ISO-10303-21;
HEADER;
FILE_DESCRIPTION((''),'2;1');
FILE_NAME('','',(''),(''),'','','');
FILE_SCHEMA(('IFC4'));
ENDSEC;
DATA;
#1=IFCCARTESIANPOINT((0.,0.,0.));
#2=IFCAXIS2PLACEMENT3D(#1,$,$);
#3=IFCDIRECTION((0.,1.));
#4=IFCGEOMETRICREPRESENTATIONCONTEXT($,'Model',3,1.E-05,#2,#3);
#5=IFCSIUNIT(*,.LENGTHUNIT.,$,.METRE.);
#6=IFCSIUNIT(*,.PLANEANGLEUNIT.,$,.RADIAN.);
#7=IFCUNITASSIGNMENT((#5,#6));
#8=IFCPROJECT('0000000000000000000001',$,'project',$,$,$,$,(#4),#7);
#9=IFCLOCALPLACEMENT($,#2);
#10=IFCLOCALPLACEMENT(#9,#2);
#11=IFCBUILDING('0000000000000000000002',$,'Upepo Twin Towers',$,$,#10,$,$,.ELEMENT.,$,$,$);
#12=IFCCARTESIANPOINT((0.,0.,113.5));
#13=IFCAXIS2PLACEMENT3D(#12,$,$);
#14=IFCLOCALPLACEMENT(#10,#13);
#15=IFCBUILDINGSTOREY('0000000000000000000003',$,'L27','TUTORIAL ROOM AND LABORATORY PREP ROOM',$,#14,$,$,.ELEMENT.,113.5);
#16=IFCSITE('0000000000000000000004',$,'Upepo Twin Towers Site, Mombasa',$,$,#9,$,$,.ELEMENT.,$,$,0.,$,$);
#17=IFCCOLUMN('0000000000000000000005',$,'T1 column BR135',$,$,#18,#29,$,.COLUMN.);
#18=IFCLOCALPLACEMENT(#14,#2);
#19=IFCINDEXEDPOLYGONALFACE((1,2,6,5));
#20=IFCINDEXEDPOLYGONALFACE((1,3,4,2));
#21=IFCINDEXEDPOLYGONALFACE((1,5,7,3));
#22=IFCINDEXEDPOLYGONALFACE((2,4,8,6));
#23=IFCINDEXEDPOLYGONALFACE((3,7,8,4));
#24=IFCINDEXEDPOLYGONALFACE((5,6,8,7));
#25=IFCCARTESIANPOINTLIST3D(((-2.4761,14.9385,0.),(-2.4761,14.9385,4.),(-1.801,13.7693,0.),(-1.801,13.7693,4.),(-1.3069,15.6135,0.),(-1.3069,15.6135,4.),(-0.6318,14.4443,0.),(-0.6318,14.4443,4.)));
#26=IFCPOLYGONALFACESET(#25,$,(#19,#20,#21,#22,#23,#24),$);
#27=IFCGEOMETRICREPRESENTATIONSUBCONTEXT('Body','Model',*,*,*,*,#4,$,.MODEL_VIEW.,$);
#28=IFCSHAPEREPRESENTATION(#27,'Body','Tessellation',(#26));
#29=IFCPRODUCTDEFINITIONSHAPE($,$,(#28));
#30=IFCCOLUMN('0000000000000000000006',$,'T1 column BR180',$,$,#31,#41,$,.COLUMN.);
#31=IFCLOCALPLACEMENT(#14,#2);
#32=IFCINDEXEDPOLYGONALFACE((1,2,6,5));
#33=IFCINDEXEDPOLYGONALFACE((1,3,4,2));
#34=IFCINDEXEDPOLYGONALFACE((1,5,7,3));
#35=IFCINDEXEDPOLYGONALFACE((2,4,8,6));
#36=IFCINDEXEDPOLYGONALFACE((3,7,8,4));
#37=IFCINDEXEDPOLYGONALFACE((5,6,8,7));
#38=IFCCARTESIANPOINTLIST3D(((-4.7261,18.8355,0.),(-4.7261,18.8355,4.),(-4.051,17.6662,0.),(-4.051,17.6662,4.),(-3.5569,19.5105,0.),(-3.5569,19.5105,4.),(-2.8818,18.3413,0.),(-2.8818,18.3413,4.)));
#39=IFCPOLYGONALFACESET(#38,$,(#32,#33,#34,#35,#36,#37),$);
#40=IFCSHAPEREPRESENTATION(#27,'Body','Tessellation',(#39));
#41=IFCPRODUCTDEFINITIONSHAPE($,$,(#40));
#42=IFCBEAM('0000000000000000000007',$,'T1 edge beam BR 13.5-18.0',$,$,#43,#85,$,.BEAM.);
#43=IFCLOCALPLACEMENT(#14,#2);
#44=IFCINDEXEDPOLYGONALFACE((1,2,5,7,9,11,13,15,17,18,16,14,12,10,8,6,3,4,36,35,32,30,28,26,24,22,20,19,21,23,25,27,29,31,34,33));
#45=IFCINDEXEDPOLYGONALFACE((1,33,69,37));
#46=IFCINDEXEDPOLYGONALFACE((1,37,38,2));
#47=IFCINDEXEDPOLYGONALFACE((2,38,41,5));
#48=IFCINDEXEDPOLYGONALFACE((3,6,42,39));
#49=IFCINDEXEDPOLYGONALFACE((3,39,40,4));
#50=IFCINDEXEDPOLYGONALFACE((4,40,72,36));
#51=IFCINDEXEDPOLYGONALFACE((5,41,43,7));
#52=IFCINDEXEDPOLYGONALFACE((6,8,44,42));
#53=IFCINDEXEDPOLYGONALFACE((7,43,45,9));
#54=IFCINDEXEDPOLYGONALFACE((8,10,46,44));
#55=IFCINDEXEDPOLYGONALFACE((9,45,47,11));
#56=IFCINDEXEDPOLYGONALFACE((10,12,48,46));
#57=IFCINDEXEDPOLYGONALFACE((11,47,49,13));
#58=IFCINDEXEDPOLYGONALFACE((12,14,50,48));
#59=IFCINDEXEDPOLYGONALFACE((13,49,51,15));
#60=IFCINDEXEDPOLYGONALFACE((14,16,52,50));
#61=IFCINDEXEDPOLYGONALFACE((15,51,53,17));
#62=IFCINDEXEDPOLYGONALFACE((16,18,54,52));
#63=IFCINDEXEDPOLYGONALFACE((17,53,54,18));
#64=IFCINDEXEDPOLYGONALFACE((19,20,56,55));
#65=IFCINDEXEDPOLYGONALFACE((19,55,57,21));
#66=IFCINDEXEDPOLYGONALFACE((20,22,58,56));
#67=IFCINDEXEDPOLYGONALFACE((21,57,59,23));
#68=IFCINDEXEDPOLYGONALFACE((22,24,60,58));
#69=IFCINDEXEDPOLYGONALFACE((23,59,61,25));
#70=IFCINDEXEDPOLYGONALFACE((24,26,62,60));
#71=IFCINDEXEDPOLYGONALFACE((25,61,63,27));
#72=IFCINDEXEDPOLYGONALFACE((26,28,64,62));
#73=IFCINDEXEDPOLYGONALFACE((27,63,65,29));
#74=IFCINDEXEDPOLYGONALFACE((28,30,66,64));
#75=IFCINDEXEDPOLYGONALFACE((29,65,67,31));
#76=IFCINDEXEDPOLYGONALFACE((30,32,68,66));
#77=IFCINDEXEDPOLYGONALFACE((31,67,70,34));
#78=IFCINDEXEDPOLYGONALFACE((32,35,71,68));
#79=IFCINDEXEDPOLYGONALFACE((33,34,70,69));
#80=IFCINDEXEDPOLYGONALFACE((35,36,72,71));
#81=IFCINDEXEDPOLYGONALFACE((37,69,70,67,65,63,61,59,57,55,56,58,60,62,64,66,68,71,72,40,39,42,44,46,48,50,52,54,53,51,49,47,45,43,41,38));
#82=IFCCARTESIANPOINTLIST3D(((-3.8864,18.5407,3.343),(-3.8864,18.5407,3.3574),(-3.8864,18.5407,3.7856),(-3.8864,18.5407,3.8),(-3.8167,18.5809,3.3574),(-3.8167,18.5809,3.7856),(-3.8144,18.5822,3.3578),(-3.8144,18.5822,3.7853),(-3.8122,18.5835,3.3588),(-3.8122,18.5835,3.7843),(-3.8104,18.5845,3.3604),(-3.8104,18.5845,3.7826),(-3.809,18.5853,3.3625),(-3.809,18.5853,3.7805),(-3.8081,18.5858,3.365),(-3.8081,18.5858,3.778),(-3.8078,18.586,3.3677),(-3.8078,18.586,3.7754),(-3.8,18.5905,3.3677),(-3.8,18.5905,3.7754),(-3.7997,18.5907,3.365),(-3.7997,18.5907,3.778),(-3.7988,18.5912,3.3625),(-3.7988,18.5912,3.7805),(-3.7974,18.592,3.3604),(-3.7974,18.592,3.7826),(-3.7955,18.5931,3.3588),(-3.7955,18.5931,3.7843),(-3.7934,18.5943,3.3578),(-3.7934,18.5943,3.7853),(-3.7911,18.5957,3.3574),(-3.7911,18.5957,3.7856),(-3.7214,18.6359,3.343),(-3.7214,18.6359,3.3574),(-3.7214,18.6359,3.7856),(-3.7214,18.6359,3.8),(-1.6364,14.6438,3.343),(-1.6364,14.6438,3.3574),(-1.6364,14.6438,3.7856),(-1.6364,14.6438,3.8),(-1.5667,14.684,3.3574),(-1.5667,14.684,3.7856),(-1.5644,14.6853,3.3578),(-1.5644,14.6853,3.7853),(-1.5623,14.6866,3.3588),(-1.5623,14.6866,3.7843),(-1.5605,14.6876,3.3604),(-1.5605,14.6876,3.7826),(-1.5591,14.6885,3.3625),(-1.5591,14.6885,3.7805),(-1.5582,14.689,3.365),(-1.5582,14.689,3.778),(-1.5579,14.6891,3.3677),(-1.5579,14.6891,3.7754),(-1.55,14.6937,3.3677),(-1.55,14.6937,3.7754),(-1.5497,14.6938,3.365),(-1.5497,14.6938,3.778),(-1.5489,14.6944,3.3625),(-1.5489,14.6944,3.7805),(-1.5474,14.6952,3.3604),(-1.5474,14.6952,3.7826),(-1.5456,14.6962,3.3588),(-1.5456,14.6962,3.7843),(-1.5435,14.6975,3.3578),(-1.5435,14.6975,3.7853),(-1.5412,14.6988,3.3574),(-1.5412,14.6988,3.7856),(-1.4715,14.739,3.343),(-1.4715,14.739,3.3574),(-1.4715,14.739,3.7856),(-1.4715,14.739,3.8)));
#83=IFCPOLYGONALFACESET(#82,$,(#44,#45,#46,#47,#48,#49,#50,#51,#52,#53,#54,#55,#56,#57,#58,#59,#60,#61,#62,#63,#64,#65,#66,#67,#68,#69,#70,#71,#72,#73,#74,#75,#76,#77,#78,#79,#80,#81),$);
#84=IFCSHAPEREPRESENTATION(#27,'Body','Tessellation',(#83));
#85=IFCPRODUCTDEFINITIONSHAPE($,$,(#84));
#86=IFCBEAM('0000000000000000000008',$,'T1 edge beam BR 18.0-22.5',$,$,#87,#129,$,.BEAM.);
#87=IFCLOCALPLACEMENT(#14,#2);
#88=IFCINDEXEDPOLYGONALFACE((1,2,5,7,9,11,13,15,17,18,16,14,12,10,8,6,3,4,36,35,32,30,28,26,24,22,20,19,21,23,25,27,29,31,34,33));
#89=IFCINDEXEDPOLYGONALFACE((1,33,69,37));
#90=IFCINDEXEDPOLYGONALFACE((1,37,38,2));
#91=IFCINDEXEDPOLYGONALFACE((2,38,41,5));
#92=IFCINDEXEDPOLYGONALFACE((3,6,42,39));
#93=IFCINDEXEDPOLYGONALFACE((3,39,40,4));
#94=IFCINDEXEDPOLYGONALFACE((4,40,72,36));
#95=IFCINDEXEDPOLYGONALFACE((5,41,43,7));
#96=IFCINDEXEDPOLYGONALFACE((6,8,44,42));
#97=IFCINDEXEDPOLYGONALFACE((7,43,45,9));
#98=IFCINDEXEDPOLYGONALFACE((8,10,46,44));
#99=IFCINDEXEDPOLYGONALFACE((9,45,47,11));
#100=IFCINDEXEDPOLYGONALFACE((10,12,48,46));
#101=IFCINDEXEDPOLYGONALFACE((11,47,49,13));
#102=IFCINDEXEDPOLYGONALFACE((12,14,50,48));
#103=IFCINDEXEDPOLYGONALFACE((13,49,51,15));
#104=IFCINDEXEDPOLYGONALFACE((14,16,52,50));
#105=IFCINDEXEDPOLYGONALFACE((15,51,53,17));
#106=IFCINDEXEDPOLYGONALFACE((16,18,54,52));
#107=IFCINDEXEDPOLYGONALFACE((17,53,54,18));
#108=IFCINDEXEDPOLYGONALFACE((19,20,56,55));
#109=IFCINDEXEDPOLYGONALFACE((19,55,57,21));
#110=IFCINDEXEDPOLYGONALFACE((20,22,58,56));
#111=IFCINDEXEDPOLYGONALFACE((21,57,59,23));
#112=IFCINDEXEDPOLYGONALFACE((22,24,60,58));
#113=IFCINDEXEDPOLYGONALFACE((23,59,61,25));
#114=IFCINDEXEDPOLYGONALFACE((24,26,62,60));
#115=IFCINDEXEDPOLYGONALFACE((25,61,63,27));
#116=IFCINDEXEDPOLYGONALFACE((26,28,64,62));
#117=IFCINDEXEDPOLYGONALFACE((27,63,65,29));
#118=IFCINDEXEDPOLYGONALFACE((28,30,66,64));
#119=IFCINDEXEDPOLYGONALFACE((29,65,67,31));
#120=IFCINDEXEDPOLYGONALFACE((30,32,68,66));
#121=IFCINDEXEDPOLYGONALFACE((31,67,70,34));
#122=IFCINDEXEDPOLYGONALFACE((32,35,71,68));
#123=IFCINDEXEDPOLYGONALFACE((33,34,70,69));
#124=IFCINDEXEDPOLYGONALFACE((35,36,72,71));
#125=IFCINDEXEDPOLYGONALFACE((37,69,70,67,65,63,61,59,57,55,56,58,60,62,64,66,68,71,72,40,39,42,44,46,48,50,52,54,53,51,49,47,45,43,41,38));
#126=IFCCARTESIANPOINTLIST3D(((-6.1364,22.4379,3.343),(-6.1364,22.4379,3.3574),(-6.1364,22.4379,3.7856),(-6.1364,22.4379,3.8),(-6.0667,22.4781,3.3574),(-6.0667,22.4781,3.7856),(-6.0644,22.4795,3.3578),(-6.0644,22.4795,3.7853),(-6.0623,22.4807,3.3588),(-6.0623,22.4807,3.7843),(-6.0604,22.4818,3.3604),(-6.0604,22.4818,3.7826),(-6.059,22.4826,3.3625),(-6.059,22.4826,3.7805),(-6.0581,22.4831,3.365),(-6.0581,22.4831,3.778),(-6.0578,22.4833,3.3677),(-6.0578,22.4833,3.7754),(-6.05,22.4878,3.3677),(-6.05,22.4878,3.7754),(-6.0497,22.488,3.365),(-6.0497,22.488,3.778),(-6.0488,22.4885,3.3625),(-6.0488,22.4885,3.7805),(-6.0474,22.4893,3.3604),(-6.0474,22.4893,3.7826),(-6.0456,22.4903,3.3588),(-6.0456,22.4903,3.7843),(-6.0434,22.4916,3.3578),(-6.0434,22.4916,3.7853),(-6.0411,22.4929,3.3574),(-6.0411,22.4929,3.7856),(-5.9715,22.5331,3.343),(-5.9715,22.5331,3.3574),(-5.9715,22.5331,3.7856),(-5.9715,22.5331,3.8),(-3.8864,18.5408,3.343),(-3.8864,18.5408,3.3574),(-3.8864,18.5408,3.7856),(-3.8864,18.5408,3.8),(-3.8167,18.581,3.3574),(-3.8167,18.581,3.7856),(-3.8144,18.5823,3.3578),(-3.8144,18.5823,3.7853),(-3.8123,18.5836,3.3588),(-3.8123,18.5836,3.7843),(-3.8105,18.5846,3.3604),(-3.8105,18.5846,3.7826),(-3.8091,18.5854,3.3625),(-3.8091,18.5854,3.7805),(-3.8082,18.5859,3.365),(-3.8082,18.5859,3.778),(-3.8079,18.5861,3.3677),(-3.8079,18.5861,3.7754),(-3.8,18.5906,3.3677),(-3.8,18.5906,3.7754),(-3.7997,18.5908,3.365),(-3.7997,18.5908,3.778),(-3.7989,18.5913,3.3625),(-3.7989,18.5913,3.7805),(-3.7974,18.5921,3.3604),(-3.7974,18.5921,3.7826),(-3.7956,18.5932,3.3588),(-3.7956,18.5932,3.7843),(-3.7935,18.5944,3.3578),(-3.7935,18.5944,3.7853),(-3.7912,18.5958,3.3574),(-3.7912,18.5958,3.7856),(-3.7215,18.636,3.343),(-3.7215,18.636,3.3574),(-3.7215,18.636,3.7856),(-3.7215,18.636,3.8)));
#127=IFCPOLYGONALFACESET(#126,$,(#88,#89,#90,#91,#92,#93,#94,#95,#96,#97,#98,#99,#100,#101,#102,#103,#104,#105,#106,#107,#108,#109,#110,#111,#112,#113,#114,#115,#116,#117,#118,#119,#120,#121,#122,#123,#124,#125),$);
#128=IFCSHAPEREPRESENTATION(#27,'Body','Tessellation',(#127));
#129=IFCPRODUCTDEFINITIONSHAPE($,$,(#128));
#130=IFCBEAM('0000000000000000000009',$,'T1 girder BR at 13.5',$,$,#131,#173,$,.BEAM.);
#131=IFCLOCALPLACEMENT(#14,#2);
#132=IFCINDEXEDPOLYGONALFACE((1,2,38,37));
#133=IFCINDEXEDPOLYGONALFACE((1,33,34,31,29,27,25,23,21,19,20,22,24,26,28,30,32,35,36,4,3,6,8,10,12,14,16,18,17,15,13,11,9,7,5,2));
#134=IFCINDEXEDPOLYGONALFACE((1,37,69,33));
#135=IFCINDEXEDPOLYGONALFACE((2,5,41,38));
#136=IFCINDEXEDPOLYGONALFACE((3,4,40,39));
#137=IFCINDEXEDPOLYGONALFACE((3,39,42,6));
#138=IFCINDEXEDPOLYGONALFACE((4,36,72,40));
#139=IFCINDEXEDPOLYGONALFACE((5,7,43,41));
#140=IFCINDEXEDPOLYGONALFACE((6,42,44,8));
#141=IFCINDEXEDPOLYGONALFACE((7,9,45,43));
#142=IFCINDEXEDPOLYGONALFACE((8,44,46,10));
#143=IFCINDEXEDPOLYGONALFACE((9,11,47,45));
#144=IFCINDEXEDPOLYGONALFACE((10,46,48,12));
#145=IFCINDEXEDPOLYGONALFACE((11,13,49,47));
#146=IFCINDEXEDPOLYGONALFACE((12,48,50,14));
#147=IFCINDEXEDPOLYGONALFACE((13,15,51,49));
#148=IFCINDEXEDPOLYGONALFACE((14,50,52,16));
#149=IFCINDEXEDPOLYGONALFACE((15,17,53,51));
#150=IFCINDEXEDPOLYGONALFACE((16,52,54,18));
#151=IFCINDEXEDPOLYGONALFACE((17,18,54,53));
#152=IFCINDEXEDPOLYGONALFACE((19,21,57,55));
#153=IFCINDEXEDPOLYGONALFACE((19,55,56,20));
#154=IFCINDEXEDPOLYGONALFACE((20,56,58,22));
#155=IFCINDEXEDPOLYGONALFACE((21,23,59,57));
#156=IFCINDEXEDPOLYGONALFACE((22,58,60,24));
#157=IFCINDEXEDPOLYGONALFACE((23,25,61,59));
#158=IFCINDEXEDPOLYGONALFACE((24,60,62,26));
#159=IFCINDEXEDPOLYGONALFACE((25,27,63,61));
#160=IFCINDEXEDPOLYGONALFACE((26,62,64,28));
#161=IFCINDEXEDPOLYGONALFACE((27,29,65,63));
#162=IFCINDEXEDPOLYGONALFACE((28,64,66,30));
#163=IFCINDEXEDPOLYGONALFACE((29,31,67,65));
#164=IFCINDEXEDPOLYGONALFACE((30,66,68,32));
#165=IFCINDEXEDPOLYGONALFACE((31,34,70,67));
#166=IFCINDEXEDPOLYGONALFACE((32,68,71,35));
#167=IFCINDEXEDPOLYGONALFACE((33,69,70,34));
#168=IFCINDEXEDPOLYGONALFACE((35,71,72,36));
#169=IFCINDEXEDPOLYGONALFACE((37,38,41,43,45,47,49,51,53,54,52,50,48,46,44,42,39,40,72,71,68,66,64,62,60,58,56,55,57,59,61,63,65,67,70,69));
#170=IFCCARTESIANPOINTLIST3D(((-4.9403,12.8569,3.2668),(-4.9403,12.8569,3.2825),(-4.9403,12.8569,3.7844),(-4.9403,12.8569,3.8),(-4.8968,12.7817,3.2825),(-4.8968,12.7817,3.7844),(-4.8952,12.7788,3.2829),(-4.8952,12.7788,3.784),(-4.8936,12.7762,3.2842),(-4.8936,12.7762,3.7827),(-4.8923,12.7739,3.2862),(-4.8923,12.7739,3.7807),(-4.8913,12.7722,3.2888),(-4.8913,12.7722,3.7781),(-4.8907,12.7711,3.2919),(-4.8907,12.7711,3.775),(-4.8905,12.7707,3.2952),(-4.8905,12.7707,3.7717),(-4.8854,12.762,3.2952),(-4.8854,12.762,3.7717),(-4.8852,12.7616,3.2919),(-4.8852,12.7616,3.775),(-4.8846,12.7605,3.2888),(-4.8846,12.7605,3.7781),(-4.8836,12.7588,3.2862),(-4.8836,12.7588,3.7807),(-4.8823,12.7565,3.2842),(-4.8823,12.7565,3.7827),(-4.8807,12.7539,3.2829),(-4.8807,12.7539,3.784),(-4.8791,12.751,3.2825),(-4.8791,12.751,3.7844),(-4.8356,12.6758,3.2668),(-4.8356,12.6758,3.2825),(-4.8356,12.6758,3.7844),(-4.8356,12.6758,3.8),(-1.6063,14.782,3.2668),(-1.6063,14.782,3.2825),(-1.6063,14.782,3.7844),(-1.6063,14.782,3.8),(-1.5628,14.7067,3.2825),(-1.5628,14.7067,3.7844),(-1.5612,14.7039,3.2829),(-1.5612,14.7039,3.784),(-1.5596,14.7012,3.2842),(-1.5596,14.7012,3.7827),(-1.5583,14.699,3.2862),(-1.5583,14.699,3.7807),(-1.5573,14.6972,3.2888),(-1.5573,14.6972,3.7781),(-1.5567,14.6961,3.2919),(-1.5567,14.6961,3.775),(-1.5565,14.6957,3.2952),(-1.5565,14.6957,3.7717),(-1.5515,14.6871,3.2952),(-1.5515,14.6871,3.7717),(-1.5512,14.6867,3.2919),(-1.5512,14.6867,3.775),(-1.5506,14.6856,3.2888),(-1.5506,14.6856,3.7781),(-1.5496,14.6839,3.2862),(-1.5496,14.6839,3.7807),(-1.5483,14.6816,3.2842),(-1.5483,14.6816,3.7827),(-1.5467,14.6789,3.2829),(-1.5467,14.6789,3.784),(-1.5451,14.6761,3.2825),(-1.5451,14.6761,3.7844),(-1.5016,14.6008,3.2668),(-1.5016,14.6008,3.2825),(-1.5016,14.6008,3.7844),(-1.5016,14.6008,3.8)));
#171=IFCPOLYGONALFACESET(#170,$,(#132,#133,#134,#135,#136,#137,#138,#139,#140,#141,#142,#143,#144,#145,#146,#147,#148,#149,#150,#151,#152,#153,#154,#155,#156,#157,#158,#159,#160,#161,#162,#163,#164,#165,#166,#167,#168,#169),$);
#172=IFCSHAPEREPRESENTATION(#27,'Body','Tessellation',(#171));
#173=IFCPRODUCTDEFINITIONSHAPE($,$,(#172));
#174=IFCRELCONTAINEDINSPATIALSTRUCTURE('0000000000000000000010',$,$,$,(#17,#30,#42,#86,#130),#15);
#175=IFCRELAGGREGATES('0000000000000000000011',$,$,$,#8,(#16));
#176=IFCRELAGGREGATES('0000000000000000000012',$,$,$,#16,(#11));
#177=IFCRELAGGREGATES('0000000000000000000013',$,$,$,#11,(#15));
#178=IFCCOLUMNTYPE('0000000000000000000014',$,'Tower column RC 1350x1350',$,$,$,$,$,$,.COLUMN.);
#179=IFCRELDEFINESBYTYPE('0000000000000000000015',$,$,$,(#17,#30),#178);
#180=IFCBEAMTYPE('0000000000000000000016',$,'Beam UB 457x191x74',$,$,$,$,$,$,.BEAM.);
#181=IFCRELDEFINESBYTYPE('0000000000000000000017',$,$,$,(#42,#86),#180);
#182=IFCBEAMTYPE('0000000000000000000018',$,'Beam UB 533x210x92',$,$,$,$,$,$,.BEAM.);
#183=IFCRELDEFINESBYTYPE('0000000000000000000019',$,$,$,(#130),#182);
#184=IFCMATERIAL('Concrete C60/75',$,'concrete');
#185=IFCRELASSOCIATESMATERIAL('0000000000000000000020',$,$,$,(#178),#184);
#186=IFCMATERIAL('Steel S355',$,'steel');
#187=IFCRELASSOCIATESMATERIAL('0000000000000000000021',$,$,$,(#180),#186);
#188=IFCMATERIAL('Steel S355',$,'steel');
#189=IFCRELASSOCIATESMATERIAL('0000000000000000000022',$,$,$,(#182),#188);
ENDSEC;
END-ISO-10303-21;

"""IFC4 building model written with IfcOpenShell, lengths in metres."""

from ifc_helpers import new_model, si_unit, direction, frame, origin, origin_2d, place, context, subcontext, project, spatial, rectangle, i_section, extrude, material, material_profile, profile_set, type_object, element, save


model = new_model("IFC4")

# Units and contexts
model_context = context("Model", 3, precision=1e-05, world=origin(), true_north=direction((0.0, 1.0)))
body_context = subcontext(model_context, "Body", "Model", "MODEL_VIEW")
ifc_project = project(units=[si_unit("LENGTHUNIT", "METRE"), si_unit("PLANEANGLEUNIT", "RADIAN")], contexts=[model_context])

# Site, building, storey
site_placement = place(None, origin())
site = spatial("IfcSite", under=ifc_project, at=site_placement, Name="Upepo Twin Towers Site, Mombasa", CompositionType="ELEMENT", RefElevation=0.0)
building_placement = place(site_placement, origin())
building = spatial("IfcBuilding", under=site, at=building_placement, Name="Upepo Twin Towers", CompositionType="ELEMENT")
storey_placement = place(building_placement, frame((0.0, 0.0, 113.5)))
storey = spatial("IfcBuildingStorey", under=building, at=storey_placement, Name="L27", Description="TUTORIAL ROOM AND LABORATORY PREP ROOM", CompositionType="ELEMENT", Elevation=113.5)

# Columns
ifc_material_1 = material(Name="Concrete C60/75", Category="concrete")
ifc_material_profile_1 = material_profile(ifc_material_1, rectangle(XDim=1.3501, YDim=1.3501, at=origin_2d()), Name="RC 1350x1350")
ifc_profile_set_1 = profile_set([ifc_material_profile_1], Name="Concrete C60/75")
column_type = type_object("IfcColumnType", Name="Tower column RC 1350x1350", PredefinedType="COLUMN", material=ifc_profile_set_1)
for number, where, z_axis, x_axis, name in (
    (1, (-1.554, 14.6914, 0.0), (0.0, 0.0, 1.0), (0.866025, 0.5, 0.0), "T1 column BR135"),
    (2, (-3.804, 18.5884, 0.0), (0.0, 0.0, 1.0), (0.866025, 0.5, 0.0), "T1 column BR180"),
):
    element("IfcColumn", number, at=place(storey_placement, frame(where, z_axis=z_axis, x_axis=x_axis)), inside=storey, type_object=column_type, Name=name, PredefinedType="COLUMN", context=body_context, shape_type="SweptSolid", body=[
        extrude(rectangle(XDim=1.3501, YDim=1.3501, at=origin_2d()), origin(), (0.0, 0.0, 1.0), 4.0),
    ])

# Beams
ifc_material_2 = material(Name="Steel S355", Category="steel")
ifc_material_profile_2 = material_profile(ifc_material_2, i_section(OverallWidth=0.1904, OverallDepth=0.457, WebThickness=0.009, FlangeThickness=0.0144, FilletRadius=0.0103, at=origin_2d()), Name="UB 457x191x74")
ifc_profile_set_2 = profile_set([ifc_material_profile_2], Name="Steel S355")
beam_type_1 = type_object("IfcBeamType", Name="Beam UB 457x191x74", PredefinedType="BEAM", material=ifc_profile_set_2)
beam_1_placement = place(storey_placement, frame((-1.554, 14.6914, 3.5715), z_axis=(-0.500014, 0.866018, 0.0), x_axis=(-0.866018, -0.500014, 0.0)))
element("IfcBeam", 3, at=beam_1_placement, inside=storey, type_object=beam_type_1, Name="T1 edge beam BR 13.5-18.0", PredefinedType="BEAM", context=body_context, shape_type="SweptSolid", body=[
    extrude(i_section(OverallWidth=0.1904, OverallDepth=0.457, WebThickness=0.009, FlangeThickness=0.0144, FilletRadius=0.0103, at=origin_2d()), origin(), (0.0, 0.0, 1.0), 4.4998),
])
beam_2_placement = place(storey_placement, frame((-3.804, 18.5884, 3.5715), z_axis=(-0.49999, 0.866031, 0.0), x_axis=(-0.866031, -0.49999, 0.0)))
element("IfcBeam", 4, at=beam_2_placement, inside=storey, type_object=beam_type_1, Name="T1 edge beam BR 18.0-22.5", PredefinedType="BEAM", context=body_context, shape_type="SweptSolid", body=[
    extrude(i_section(OverallWidth=0.1904, OverallDepth=0.457, WebThickness=0.009, FlangeThickness=0.0144, FilletRadius=0.0103, at=origin_2d()), origin(), (0.0, 0.0, 1.0), 4.5),
])
ifc_material_3 = material(Name="Steel S355", Category="steel")
ifc_material_profile_3 = material_profile(ifc_material_3, i_section(OverallWidth=0.2092, OverallDepth=0.5332, WebThickness=0.01, FlangeThickness=0.0156, FilletRadius=0.0127, at=origin_2d()), Name="UB 533x210x92")
ifc_profile_set_3 = profile_set([ifc_material_profile_3], Name="Steel S355")
beam_type_2 = type_object("IfcBeamType", Name="Beam UB 533x210x92", PredefinedType="BEAM", material=ifc_profile_set_3)
beam_3_placement = place(storey_placement, frame((-1.554, 14.6914, 3.5334), z_axis=(-0.866006, -0.500034, 0.0), x_axis=(0.500034, -0.866006, 0.0)))
element("IfcBeam", 5, at=beam_3_placement, inside=storey, type_object=beam_type_2, Name="T1 girder BR at 13.5", PredefinedType="BEAM", context=body_context, shape_type="SweptSolid", body=[
    extrude(i_section(OverallWidth=0.2092, OverallDepth=0.5332, WebThickness=0.01, FlangeThickness=0.0156, FilletRadius=0.0127, at=origin_2d()), origin(), (0.0, 0.0, 1.0), 3.8499),
])

save(model, "model.ifc")
